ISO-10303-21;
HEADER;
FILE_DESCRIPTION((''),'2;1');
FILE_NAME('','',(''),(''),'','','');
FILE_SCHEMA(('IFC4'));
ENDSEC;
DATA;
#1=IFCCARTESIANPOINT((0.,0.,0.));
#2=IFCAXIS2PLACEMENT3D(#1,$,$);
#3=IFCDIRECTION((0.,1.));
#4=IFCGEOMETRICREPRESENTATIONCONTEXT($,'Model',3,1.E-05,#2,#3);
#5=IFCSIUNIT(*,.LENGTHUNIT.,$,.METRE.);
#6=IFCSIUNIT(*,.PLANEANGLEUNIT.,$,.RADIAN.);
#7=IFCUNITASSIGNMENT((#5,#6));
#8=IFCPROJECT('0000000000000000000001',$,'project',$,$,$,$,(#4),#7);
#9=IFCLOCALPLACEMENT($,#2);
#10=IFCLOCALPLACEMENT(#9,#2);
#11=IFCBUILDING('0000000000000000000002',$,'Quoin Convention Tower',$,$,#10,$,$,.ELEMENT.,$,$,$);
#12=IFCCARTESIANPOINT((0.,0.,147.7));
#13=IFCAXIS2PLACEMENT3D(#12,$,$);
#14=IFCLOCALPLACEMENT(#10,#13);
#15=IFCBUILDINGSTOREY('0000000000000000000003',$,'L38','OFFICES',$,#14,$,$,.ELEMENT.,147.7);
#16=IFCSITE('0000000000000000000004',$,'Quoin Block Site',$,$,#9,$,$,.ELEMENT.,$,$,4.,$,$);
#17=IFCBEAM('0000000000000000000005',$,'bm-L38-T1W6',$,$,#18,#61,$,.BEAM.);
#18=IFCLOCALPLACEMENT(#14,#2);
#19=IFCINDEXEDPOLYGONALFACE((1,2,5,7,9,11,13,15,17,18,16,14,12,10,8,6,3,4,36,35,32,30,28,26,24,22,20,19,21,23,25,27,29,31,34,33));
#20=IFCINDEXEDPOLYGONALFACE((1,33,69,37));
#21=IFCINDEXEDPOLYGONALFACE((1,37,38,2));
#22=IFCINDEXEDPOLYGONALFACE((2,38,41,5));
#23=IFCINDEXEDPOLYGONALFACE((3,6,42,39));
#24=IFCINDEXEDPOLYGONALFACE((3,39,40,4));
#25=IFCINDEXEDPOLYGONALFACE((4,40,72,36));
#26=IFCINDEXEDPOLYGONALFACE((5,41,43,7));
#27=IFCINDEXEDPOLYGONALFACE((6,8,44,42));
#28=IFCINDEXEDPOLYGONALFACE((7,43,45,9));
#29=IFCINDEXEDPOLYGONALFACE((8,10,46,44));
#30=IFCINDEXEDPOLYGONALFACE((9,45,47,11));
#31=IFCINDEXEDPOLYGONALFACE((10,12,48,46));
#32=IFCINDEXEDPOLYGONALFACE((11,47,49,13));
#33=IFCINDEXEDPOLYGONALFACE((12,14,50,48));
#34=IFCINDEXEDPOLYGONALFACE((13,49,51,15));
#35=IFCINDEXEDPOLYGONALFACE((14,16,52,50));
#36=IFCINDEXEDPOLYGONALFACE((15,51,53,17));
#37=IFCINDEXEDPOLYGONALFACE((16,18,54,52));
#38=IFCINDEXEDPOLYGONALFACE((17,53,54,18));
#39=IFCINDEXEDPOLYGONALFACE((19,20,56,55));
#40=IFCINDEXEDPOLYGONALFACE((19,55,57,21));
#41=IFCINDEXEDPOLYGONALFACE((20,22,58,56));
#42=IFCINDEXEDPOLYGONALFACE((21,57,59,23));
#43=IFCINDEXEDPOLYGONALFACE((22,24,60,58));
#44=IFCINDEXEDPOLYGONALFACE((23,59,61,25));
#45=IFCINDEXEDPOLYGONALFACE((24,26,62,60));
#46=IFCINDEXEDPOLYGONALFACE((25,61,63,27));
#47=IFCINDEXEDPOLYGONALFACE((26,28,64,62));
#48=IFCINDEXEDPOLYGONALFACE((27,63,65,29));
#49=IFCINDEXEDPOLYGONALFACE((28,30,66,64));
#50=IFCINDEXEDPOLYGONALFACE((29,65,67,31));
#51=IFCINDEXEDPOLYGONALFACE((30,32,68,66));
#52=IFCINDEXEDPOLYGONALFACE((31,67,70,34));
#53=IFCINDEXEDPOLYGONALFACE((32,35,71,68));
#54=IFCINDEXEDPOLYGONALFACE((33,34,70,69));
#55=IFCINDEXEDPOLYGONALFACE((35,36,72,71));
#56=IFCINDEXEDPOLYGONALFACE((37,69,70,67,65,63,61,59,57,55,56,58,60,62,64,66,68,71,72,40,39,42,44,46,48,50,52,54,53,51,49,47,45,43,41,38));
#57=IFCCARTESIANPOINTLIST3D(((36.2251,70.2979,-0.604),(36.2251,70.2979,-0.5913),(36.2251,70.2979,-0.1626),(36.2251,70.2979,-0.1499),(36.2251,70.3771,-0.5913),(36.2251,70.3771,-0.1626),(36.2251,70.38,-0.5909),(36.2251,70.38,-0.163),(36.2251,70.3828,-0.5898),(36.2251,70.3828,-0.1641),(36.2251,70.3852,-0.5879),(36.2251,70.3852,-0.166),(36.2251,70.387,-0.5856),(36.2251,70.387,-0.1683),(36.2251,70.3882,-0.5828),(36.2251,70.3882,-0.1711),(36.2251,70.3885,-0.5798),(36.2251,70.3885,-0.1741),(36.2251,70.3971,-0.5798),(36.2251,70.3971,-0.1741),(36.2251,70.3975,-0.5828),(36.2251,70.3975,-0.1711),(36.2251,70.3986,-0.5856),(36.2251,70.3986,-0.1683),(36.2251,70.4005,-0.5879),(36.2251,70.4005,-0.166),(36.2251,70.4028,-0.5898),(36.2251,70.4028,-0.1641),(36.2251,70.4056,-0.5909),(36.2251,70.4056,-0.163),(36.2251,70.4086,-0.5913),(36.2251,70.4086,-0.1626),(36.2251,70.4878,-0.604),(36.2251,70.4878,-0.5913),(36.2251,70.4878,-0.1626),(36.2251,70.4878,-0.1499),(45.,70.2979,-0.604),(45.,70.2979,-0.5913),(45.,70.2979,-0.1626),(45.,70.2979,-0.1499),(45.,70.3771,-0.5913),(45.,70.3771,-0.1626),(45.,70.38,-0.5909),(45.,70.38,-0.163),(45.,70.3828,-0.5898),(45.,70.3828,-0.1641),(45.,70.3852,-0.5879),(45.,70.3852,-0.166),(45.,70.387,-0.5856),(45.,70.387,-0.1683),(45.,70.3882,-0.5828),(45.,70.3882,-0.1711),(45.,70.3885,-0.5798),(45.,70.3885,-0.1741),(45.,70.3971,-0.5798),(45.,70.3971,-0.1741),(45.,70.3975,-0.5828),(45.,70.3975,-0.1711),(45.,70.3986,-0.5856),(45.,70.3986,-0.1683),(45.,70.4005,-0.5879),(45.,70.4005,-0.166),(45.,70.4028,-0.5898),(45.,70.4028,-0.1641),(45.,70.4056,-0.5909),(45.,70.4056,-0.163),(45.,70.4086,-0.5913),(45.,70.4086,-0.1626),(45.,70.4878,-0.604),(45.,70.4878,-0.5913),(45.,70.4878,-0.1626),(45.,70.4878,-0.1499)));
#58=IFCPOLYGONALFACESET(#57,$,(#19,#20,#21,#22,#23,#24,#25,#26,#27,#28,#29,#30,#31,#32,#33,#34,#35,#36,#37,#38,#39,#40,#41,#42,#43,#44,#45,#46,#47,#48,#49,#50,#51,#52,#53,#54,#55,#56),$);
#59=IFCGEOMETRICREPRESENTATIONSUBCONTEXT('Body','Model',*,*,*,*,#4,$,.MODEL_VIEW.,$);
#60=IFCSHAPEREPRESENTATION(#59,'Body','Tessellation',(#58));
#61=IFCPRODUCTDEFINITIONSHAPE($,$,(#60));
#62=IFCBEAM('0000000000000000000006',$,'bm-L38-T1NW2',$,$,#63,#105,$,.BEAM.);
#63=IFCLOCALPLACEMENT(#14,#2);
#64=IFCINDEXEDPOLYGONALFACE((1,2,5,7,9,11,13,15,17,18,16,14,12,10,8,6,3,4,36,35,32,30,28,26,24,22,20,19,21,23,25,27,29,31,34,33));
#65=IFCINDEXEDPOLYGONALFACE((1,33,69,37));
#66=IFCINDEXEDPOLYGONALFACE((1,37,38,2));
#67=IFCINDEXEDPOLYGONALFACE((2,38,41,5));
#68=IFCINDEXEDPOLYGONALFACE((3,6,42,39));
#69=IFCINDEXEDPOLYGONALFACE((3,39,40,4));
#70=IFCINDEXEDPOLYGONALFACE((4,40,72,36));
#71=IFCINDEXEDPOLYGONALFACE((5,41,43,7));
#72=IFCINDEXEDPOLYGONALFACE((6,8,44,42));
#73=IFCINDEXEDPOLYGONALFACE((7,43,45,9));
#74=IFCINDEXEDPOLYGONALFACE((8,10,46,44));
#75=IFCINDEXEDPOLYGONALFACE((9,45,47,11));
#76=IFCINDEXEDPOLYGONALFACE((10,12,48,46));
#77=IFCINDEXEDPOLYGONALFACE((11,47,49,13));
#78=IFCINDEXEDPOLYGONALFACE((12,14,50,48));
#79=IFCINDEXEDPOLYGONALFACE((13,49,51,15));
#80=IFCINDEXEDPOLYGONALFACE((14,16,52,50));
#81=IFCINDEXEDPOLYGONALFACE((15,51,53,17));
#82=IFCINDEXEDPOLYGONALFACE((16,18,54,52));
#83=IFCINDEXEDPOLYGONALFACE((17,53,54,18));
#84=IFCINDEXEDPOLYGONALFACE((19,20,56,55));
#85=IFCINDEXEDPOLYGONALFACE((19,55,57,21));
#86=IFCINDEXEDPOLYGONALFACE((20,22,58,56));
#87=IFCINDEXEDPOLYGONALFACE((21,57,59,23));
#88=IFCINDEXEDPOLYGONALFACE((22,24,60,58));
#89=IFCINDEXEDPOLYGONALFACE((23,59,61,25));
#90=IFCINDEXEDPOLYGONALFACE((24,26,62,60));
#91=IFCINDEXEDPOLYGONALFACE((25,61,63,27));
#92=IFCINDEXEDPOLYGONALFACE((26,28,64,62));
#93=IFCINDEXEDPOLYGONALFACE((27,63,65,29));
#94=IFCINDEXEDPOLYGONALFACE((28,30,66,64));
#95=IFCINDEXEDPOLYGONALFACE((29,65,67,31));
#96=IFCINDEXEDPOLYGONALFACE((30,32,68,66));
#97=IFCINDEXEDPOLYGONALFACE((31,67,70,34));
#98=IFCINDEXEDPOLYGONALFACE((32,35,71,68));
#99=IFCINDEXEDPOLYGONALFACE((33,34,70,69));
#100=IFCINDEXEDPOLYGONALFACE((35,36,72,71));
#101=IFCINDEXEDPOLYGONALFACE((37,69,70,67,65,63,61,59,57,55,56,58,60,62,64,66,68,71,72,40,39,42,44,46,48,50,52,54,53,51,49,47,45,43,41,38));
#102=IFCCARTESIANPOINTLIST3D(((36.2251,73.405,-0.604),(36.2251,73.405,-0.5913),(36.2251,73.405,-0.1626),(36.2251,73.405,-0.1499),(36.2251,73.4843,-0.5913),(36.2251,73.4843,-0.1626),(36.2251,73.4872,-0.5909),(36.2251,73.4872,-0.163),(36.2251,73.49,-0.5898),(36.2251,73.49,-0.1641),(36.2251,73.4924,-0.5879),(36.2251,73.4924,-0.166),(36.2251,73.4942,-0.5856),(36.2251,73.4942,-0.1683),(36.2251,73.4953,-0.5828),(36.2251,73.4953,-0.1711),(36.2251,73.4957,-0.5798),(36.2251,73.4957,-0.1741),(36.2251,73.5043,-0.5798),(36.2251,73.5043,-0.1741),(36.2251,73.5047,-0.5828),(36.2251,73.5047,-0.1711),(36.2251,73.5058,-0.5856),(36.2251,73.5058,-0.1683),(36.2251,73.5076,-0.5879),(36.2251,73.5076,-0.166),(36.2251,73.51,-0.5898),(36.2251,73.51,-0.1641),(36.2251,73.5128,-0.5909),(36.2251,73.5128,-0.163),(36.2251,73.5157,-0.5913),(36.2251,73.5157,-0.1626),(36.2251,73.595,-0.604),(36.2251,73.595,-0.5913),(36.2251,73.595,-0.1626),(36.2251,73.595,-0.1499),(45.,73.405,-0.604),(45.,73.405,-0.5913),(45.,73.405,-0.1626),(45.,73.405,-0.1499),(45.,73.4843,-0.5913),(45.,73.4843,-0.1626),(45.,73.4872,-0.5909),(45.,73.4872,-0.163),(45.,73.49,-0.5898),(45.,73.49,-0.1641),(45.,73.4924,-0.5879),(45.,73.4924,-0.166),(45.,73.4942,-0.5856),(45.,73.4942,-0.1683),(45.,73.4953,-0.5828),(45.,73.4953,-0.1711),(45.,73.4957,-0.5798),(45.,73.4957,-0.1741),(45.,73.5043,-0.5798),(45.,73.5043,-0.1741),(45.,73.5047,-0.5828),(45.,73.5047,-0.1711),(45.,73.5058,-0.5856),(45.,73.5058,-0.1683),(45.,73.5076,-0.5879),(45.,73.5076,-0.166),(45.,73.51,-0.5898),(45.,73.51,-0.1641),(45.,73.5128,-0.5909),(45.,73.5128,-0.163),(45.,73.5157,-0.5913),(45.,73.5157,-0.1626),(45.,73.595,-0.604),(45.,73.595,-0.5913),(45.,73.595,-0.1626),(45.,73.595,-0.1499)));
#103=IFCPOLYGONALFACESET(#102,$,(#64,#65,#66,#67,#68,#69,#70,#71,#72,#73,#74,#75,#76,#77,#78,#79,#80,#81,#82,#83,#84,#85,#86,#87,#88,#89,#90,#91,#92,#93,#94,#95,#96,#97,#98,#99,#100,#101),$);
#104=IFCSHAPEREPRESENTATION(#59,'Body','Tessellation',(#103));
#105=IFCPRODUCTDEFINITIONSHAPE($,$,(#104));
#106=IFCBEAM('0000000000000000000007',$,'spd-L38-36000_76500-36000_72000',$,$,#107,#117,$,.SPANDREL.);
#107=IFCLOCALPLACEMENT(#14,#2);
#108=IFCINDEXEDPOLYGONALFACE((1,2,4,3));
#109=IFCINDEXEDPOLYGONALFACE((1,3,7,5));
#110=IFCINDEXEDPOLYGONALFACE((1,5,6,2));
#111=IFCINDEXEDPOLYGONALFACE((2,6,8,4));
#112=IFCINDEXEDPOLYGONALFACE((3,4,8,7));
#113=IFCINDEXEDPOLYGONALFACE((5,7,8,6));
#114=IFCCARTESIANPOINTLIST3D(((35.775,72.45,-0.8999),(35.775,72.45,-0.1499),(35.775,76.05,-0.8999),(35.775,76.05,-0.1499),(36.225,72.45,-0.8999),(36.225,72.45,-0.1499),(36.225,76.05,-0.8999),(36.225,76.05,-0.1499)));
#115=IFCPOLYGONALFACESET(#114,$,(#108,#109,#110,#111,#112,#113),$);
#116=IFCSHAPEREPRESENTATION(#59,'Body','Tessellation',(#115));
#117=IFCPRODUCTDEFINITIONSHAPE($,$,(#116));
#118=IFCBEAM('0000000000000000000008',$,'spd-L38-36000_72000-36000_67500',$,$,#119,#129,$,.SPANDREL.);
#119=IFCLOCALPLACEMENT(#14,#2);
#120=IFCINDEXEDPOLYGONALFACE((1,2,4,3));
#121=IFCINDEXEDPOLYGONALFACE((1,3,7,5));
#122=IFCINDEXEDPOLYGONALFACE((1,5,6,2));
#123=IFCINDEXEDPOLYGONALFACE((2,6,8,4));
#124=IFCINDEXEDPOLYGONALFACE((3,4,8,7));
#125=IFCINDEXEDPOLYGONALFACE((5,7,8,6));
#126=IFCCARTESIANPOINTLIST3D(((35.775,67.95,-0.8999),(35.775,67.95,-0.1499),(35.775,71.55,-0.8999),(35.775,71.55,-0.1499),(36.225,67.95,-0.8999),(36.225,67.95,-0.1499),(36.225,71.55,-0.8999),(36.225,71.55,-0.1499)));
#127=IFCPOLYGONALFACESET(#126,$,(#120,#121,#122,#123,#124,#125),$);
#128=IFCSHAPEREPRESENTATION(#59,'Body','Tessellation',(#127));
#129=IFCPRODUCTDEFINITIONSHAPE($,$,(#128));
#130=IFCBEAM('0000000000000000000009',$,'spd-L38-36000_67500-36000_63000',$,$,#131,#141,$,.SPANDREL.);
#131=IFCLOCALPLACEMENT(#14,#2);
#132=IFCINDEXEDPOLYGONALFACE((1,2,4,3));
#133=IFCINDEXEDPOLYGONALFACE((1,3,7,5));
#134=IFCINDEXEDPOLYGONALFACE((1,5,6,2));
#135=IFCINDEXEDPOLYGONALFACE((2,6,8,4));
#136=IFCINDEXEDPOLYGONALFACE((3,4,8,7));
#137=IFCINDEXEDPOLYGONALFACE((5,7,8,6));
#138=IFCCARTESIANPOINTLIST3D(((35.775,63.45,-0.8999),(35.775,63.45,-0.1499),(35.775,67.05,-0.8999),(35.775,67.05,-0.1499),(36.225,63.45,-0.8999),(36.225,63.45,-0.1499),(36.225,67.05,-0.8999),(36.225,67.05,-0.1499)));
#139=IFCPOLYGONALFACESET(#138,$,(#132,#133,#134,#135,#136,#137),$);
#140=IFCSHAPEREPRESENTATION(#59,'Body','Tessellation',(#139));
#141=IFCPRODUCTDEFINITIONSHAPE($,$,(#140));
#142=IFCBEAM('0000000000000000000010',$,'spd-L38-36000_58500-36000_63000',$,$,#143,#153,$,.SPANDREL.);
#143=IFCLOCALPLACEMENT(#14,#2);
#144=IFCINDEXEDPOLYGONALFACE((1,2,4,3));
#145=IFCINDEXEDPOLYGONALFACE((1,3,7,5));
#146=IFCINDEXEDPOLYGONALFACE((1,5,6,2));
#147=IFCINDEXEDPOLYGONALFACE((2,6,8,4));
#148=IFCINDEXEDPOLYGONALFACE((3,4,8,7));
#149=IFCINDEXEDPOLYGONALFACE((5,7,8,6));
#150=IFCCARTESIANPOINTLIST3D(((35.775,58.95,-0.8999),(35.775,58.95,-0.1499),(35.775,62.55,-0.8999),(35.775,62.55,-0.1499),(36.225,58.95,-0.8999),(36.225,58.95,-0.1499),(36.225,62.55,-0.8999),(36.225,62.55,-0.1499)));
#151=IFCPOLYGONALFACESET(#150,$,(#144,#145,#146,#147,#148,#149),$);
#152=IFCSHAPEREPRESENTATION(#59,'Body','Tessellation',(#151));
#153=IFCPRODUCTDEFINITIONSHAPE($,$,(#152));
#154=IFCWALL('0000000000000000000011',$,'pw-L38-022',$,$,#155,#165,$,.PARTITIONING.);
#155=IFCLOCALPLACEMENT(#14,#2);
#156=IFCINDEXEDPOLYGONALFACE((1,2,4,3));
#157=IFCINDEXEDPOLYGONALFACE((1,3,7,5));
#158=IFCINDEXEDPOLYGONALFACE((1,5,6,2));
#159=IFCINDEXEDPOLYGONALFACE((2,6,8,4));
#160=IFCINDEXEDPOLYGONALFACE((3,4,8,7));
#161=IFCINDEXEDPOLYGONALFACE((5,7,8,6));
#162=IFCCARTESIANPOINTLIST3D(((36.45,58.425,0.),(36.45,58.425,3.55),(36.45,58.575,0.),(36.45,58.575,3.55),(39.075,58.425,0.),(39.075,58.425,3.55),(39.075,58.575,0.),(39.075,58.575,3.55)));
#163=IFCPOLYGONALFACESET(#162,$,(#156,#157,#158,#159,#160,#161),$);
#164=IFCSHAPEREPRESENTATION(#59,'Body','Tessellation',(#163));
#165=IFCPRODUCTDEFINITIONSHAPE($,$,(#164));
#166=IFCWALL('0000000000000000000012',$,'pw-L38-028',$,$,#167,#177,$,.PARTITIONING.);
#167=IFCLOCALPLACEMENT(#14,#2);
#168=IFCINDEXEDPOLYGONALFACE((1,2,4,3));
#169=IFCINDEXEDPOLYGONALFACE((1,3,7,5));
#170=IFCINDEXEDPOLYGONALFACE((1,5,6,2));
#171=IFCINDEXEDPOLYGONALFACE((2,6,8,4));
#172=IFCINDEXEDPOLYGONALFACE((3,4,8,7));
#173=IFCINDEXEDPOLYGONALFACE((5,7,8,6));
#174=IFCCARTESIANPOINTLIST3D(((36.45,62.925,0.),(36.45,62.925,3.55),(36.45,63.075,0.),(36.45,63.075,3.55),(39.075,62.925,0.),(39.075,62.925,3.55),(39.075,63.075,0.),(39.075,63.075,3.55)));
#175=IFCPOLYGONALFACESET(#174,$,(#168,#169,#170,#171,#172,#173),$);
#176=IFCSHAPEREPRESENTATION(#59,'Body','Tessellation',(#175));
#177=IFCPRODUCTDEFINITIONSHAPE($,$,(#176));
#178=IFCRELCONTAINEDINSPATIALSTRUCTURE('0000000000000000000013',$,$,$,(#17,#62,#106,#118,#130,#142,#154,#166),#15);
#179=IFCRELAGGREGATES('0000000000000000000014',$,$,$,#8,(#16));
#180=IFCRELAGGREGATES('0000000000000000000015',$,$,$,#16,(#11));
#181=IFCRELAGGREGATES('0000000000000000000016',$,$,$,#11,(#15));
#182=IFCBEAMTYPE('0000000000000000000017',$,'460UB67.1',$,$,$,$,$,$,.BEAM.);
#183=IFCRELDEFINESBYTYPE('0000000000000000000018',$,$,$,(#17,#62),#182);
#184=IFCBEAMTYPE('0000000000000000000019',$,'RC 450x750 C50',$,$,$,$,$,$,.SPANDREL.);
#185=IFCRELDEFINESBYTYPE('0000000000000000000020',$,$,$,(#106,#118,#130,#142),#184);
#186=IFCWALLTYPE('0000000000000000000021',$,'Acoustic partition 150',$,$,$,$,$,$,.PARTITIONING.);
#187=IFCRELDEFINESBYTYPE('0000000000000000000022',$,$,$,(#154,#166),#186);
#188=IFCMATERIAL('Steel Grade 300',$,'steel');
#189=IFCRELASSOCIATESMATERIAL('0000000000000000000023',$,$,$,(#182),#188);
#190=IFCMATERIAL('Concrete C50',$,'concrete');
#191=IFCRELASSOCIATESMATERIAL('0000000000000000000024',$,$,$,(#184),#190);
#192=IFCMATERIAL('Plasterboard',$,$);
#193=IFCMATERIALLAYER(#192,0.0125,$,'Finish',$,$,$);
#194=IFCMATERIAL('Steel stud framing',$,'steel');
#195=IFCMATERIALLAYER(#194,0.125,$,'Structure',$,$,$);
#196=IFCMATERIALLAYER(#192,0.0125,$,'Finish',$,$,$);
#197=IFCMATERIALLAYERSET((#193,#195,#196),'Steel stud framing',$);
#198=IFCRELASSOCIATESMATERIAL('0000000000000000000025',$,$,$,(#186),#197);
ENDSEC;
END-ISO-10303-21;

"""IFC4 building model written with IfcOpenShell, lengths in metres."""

from ifc_helpers import new_model, si_unit, direction, frame, frame_2d, origin, origin_2d, place, context, subcontext, project, spatial, rectangle, i_section, extrude, material, layer, layer_set, material_profile, profile_set, type_object, element, save


model = new_model("IFC4")

# Units and contexts
model_context = context("Model", 3, precision=1e-05, world=origin(), true_north=direction((0.0, 1.0)))
body_context = subcontext(model_context, "Body", "Model", "MODEL_VIEW")
ifc_project = project(units=[si_unit("LENGTHUNIT", "METRE"), si_unit("PLANEANGLEUNIT", "RADIAN")], contexts=[model_context])

# Site, building, storey
site_placement = place(None, origin())
site = spatial("IfcSite", under=ifc_project, at=site_placement, Name="Quoin Block Site", CompositionType="ELEMENT", RefElevation=4.0)
building_placement = place(site_placement, origin())
building = spatial("IfcBuilding", under=site, at=building_placement, Name="Quoin Convention Tower", CompositionType="ELEMENT")
storey_placement = place(building_placement, frame((0.0, 0.0, 147.7)))
storey = spatial("IfcBuildingStorey", under=building, at=storey_placement, Name="L38", Description="OFFICES", CompositionType="ELEMENT", Elevation=147.7)

# Shared definitions
ifc_material_1 = material(Name="Concrete C50", Category="concrete")

# Beams
ifc_material_2 = material(Name="Steel Grade 300", Category="steel")
ifc_material_profile_1 = material_profile(ifc_material_2, i_section(OverallWidth=0.1899, OverallDepth=0.4541, WebThickness=0.0085, FlangeThickness=0.0127, FilletRadius=0.0115, at=origin_2d()), Name="460UB67.1")
ifc_profile_set_1 = profile_set([ifc_material_profile_1], Name="Steel Grade 300")
beam_type_1 = type_object("IfcBeamType", Name="460UB67.1", PredefinedType="BEAM", material=ifc_profile_set_1)
for number, where, z_axis, x_axis, name in (
    (1, (36.2251, 70.3928, -0.377), (1.0, 0.0, 0.0), (0.0, 1.0, 0.0), "bm-L38-T1W6"),
    (2, (36.2251, 73.5, -0.377), (1.0, 0.0, 0.0), (0.0, 1.0, 0.0), "bm-L38-T1NW2"),
):
    element("IfcBeam", number, at=place(storey_placement, frame(where, z_axis=z_axis, x_axis=x_axis)), inside=storey, type_object=beam_type_1, Name=name, PredefinedType="BEAM", context=body_context, shape_type="SweptSolid", body=[
        extrude(i_section(OverallWidth=0.1899, OverallDepth=0.4541, WebThickness=0.0085, FlangeThickness=0.0127, FilletRadius=0.0115, at=origin_2d()), origin(), (0.0, 0.0, 1.0), 8.7749),
    ])
ifc_material_profile_2 = material_profile(ifc_material_1, rectangle(XDim=0.45, YDim=0.75, at=origin_2d()), Name="RC 450x750")
ifc_profile_set_2 = profile_set([ifc_material_profile_2], Name="Concrete C50")
beam_type_2 = type_object("IfcBeamType", Name="RC 450x750 C50", PredefinedType="SPANDREL", material=ifc_profile_set_2)
for number, where, z_axis, x_axis, name in (
    (3, (36.0, 76.05, -0.5249), (0.0, -1.0, 0.0), (1.0, 0.0, 0.0), "spd-L38-36000_76500-36000_72000"),
    (4, (36.0, 71.55, -0.5249), (0.0, -1.0, 0.0), (1.0, 0.0, 0.0), "spd-L38-36000_72000-36000_67500"),
    (5, (36.0, 67.05, -0.5249), (0.0, -1.0, 0.0), (1.0, 0.0, 0.0), "spd-L38-36000_67500-36000_63000"),
    (6, (36.0, 58.95, -0.5249), (0.0, 1.0, 0.0), (-1.0, 0.0, 0.0), "spd-L38-36000_58500-36000_63000"),
):
    element("IfcBeam", number, at=place(storey_placement, frame(where, z_axis=z_axis, x_axis=x_axis)), inside=storey, type_object=beam_type_2, Name=name, PredefinedType="SPANDREL", context=body_context, shape_type="SweptSolid", body=[
        extrude(rectangle(XDim=0.45, YDim=0.75, at=origin_2d()), origin(), (0.0, 0.0, 1.0), 3.6001),
    ])

# Walls
ifc_material_3 = material(Name="Plasterboard")
ifc_layer_1 = layer(ifc_material_3, 0.0125, Name="Finish")
ifc_material_4 = material(Name="Steel stud framing", Category="steel")
ifc_layer_2 = layer(ifc_material_4, 0.125, Name="Structure")
ifc_layer_3 = layer(ifc_material_3, 0.0125, Name="Finish")
ifc_layer_set_1 = layer_set([ifc_layer_1, ifc_layer_2, ifc_layer_3], Name="Steel stud framing")
wall_type_1 = type_object("IfcWallType", Name="Acoustic partition 150", PredefinedType="PARTITIONING", material=ifc_layer_set_1)
for number, where, z_axis, x_axis, name in (
    (7, (36.45, 58.5, 0.0), (0.0, 0.0, 1.0), (1.0, 0.0, 0.0), "pw-L38-022"),
    (8, (36.45, 63.0, 0.0), (0.0, 0.0, 1.0), (1.0, 0.0, 0.0), "pw-L38-028"),
):
    element("IfcWall", number, at=place(storey_placement, frame(where, z_axis=z_axis, x_axis=x_axis)), inside=storey, type_object=wall_type_1, Name=name, PredefinedType="PARTITIONING", context=body_context, shape_type="SweptSolid", body=[
        extrude(rectangle(XDim=2.625, YDim=0.1499, at=frame_2d((1.3125, 0.0))), origin(), (0.0, 0.0, 1.0), 3.55),
    ])

save(model, "model.ifc")
